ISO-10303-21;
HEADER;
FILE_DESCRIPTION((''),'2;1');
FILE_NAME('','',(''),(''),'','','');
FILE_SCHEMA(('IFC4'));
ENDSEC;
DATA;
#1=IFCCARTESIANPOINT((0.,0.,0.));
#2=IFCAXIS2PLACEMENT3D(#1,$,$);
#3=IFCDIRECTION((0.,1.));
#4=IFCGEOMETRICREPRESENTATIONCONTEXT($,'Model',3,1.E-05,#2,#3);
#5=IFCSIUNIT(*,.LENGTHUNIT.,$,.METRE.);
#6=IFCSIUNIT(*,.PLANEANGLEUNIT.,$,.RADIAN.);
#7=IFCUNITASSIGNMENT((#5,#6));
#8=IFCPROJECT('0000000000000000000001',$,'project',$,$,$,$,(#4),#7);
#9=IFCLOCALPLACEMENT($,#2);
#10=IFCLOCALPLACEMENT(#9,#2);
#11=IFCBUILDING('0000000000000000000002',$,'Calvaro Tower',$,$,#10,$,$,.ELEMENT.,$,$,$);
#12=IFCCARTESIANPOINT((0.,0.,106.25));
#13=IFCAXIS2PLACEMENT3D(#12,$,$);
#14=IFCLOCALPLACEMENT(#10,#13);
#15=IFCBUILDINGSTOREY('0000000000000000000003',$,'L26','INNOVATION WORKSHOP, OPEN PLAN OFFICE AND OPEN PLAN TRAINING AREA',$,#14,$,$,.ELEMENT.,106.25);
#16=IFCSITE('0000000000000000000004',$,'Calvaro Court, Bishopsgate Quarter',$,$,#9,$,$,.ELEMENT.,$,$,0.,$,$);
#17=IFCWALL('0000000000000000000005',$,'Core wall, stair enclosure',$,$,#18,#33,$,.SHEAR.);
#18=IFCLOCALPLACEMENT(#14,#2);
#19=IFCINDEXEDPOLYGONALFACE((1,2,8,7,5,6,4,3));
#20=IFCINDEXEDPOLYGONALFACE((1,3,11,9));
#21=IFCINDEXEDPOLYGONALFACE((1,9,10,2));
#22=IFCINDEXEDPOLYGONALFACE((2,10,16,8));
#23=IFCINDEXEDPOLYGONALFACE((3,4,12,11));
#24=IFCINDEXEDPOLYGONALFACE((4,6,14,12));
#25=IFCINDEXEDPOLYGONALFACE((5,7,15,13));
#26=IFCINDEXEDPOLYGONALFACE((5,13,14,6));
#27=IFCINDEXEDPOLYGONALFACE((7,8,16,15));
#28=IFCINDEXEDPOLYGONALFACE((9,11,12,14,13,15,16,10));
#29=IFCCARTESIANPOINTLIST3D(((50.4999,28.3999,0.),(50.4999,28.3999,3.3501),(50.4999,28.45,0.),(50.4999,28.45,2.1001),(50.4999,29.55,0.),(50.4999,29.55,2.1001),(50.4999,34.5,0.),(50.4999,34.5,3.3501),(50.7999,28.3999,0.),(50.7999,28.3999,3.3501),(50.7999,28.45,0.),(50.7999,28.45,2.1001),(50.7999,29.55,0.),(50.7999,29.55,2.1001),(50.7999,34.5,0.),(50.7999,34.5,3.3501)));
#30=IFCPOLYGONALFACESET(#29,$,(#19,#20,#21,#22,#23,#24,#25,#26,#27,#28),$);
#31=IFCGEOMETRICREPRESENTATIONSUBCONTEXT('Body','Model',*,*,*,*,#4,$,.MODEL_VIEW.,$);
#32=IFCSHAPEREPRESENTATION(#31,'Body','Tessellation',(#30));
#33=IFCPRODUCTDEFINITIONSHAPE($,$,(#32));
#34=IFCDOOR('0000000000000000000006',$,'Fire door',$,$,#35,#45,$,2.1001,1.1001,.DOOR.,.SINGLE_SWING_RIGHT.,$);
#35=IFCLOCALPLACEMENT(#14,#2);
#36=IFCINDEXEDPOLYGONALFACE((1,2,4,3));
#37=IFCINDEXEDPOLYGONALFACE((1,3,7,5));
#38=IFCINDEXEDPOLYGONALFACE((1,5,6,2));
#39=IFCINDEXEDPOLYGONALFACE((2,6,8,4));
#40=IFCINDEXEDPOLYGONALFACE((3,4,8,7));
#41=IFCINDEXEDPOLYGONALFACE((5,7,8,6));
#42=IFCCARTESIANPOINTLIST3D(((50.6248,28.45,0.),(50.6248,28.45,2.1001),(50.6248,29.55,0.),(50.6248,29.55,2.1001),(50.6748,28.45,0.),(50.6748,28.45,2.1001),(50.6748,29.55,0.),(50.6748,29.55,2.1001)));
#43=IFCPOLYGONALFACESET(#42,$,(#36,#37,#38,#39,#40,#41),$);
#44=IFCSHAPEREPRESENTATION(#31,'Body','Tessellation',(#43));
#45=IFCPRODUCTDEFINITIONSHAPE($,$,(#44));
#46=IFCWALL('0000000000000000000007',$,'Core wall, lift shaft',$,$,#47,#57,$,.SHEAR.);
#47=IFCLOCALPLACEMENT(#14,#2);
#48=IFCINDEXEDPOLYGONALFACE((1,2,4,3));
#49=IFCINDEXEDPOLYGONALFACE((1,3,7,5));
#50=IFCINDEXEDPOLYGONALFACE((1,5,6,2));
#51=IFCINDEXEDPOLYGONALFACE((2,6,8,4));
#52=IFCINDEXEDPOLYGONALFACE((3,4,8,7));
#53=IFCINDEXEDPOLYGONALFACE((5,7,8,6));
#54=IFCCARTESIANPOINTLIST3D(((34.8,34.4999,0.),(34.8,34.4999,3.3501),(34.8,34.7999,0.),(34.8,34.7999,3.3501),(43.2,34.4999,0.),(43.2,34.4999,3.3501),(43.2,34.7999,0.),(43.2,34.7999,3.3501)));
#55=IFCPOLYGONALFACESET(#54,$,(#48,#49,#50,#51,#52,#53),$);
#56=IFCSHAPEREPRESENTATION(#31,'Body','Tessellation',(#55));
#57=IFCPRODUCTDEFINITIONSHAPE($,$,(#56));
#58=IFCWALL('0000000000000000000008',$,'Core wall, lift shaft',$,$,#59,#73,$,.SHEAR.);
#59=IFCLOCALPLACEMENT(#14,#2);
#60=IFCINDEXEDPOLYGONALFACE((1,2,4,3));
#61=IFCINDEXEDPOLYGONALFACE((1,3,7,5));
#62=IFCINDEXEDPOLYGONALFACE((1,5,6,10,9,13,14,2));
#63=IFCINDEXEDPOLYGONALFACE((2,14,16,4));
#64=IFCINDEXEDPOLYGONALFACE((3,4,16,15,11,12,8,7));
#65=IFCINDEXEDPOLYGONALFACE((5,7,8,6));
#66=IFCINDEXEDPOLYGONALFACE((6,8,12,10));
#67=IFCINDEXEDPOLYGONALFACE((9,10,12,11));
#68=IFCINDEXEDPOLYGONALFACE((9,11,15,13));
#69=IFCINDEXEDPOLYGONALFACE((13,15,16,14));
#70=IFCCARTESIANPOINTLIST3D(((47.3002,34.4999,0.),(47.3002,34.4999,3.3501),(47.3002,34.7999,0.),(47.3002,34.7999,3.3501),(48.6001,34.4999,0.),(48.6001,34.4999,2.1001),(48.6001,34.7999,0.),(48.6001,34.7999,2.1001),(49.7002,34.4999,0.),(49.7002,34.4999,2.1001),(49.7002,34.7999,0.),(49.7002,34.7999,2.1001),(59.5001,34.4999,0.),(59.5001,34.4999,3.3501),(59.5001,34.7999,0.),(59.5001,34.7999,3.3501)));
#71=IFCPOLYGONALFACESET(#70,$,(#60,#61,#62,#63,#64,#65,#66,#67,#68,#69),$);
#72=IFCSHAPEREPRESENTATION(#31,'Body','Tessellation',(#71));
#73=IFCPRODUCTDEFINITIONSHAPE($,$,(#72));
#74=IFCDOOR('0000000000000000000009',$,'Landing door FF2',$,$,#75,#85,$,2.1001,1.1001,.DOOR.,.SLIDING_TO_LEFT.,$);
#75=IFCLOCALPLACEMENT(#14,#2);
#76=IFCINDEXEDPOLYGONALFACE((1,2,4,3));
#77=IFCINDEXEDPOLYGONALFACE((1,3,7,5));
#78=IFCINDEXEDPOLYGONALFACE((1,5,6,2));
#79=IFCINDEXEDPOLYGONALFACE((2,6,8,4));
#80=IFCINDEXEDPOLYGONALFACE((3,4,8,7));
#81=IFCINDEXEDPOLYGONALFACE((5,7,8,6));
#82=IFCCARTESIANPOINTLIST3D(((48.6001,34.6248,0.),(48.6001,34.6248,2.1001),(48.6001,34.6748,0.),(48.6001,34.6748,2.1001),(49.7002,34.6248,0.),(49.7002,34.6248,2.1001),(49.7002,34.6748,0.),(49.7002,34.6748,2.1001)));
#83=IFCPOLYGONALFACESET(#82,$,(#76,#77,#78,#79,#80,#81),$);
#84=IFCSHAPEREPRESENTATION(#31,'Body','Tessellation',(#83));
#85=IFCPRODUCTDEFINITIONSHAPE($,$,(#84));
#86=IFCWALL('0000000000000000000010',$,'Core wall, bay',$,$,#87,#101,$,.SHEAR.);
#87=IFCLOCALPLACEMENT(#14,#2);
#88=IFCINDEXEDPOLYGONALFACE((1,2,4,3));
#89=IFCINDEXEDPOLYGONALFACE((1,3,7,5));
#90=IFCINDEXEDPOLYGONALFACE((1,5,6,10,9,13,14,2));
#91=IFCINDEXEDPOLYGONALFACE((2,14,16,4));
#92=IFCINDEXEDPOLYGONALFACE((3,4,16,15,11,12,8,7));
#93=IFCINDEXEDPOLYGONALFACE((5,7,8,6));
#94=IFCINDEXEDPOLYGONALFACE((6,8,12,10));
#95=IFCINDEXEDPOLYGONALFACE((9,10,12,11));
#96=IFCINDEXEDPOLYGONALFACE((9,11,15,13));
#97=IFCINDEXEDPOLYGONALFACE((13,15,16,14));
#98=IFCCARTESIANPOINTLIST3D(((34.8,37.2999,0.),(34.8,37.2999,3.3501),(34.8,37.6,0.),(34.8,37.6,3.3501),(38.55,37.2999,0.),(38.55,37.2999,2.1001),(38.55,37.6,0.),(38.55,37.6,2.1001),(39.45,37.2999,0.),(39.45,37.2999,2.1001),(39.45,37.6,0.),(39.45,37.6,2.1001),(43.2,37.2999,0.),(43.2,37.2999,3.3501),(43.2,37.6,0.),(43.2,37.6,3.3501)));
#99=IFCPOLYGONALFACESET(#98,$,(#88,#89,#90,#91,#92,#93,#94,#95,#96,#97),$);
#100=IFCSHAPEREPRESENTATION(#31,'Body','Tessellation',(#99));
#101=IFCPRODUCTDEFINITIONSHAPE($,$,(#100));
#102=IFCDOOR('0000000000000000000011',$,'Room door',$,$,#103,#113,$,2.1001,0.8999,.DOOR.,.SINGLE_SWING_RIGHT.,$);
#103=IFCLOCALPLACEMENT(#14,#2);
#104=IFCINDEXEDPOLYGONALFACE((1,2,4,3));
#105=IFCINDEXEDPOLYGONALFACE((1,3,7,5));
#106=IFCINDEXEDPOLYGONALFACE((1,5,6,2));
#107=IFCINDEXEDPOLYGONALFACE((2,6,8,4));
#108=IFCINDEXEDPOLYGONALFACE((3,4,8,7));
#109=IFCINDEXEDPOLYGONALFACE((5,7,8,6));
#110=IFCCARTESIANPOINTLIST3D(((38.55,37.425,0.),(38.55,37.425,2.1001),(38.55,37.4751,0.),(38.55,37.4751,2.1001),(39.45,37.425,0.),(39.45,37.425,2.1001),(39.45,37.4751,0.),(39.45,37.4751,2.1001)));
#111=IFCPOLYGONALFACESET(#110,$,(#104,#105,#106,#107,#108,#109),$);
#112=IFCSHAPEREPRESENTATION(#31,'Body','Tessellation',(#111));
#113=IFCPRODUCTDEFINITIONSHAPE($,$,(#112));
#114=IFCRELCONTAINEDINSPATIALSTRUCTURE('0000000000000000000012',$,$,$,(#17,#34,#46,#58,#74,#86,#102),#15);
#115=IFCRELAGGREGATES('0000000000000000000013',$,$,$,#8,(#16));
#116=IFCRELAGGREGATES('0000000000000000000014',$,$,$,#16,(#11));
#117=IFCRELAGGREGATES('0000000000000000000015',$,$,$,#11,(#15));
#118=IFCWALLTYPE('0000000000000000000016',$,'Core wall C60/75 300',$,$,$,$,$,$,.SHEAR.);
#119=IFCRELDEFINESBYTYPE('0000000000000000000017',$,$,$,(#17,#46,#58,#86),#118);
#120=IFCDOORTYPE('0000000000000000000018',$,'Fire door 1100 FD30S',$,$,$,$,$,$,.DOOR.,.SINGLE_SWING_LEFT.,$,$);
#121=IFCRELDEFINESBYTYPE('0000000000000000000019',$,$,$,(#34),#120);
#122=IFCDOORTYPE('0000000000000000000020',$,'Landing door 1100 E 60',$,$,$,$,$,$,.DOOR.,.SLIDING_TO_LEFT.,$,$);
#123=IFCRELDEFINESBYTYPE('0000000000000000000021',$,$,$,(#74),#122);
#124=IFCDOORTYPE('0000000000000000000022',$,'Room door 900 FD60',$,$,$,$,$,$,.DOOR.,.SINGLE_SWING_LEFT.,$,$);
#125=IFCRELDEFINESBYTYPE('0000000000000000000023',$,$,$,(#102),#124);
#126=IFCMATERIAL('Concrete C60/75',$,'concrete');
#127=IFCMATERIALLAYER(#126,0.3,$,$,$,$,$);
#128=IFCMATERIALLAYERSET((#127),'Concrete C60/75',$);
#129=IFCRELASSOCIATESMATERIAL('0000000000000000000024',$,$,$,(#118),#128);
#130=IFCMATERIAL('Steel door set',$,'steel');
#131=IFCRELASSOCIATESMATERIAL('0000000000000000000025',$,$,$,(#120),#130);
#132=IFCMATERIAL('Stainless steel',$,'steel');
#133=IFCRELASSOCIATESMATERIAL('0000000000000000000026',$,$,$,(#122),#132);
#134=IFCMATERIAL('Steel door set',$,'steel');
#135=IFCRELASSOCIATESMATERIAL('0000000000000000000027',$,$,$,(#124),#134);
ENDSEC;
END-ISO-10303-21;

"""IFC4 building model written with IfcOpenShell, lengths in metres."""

from ifc_helpers import new_model, si_unit, direction, frame, frame_2d, origin, place, context, subcontext, project, spatial, rectangle, extrude, material, layer, layer_set, type_object, element, fill, save


model = new_model("IFC4")

# Units and contexts
model_context = context("Model", 3, precision=1e-05, world=origin(), true_north=direction((0.0, 1.0)))
body_context = subcontext(model_context, "Body", "Model", "MODEL_VIEW")
ifc_project = project(units=[si_unit("LENGTHUNIT", "METRE"), si_unit("PLANEANGLEUNIT", "RADIAN")], contexts=[model_context])

# Site, building, storey
site_placement = place(None, origin())
site = spatial("IfcSite", under=ifc_project, at=site_placement, Name="Calvaro Court, Bishopsgate Quarter", CompositionType="ELEMENT", RefElevation=0.0)
building_placement = place(site_placement, origin())
building = spatial("IfcBuilding", under=site, at=building_placement, Name="Calvaro Tower", CompositionType="ELEMENT")
storey_placement = place(building_placement, frame((0.0, 0.0, 106.25)))
storey = spatial("IfcBuildingStorey", under=building, at=storey_placement, Name="L26", Description="INNOVATION WORKSHOP, OPEN PLAN OFFICE AND OPEN PLAN TRAINING AREA", CompositionType="ELEMENT", Elevation=106.25)

# Wall, opening, door
ifc_material_1 = material(Name="Concrete C60/75", Category="concrete")
ifc_layer_1 = layer(ifc_material_1, 0.3)
ifc_layer_set_1 = layer_set([ifc_layer_1], Name="Concrete C60/75")
wall_type_1 = type_object("IfcWallType", Name="Core wall C60/75 300", PredefinedType="SHEAR", material=ifc_layer_set_1)
wall_1_placement = place(storey_placement, frame((50.6499, 34.5, 0.0), z_axis=(0.0, 0.0, 1.0), x_axis=(0.0, -1.0, 0.0)))
wall_1 = element("IfcWall", 1, at=wall_1_placement, inside=storey, type_object=wall_type_1, Name="Core wall, stair enclosure", PredefinedType="SHEAR", context=body_context, shape_type="SweptSolid", body=[
    extrude(rectangle(XDim=6.1001, YDim=0.3, at=frame_2d((3.05, 0.0))), origin(), (0.0, 0.0, 1.0), 3.3501),
])
opening_1_placement = place(wall_1_placement, frame((4.95, 0.0, 0.0)))
opening_1 = element("IfcOpeningElement", 2, at=opening_1_placement, cuts=wall_1, PredefinedType="OPENING", context=body_context, shape_type="SweptSolid", body=[
    extrude(rectangle(XDim=1.1001, YDim=2.1001, at=frame_2d((0.55, 1.05))), frame((0.0, 0.1599, 0.0), z_axis=(0.0, -1.0, 0.0), x_axis=(1.0, 0.0, 0.0)), (0.0, 0.0, 1.0), 0.3201),
])
ifc_material_2 = material(Name="Steel door set", Category="steel")
door_type_1 = type_object("IfcDoorType", Name="Fire door 1100 FD30S", OperationType="SINGLE_SWING_LEFT", PredefinedType="DOOR", material=ifc_material_2)
door_1_placement = place(opening_1_placement, origin())
door_1 = element("IfcDoor", 3, at=door_1_placement, inside=storey, type_object=door_type_1, Name="Fire door", OperationType="SINGLE_SWING_RIGHT", OverallHeight=2.1001, OverallWidth=1.1001, PredefinedType="DOOR", context=body_context, shape_type="SweptSolid", body=[
    extrude(rectangle(XDim=1.1001, YDim=2.1001, at=frame_2d((0.55, 1.05))), frame((0.0, 0.0249, 0.0), z_axis=(0.0, -1.0, 0.0), x_axis=(1.0, 0.0, 0.0)), (0.0, 0.0, 1.0), 0.05),
])
fill(opening_1, door_1)

# Wall
wall_2_placement = place(storey_placement, frame((34.8, 34.6499, 0.0), z_axis=(0.0, 0.0, 1.0), x_axis=(1.0, 0.0, 0.0)))
element("IfcWall", 4, at=wall_2_placement, inside=storey, type_object=wall_type_1, Name="Core wall, lift shaft", PredefinedType="SHEAR", context=body_context, shape_type="SweptSolid", body=[
    extrude(rectangle(XDim=8.3999, YDim=0.3, at=frame_2d((4.2, 0.0))), origin(), (0.0, 0.0, 1.0), 3.3501),
])

# Walls, openings, doors
wall_3_placement = place(storey_placement, frame((47.3, 34.6499, 0.0), z_axis=(0.0, 0.0, 1.0), x_axis=(1.0, 0.0, 0.0)))
wall_3 = element("IfcWall", 5, at=wall_3_placement, inside=storey, type_object=wall_type_1, Name="Core wall, lift shaft", PredefinedType="SHEAR", context=body_context, shape_type="SweptSolid", body=[
    extrude(rectangle(XDim=12.2, YDim=0.3, at=frame_2d((6.1001, 0.0))), origin(), (0.0, 0.0, 1.0), 3.3501),
])
opening_2_placement = place(wall_3_placement, frame((1.3, 0.0, 0.0)))
opening_2 = element("IfcOpeningElement", 6, at=opening_2_placement, cuts=wall_3, PredefinedType="OPENING", context=body_context, shape_type="SweptSolid", body=[
    extrude(rectangle(XDim=1.1001, YDim=2.1001, at=frame_2d((0.55, 1.05))), frame((0.0, 0.1599, 0.0), z_axis=(0.0, -1.0, 0.0), x_axis=(1.0, 0.0, 0.0)), (0.0, 0.0, 1.0), 0.3201),
])
ifc_material_3 = material(Name="Stainless steel", Category="steel")
door_type_2 = type_object("IfcDoorType", Name="Landing door 1100 E 60", OperationType="SLIDING_TO_LEFT", PredefinedType="DOOR", material=ifc_material_3)
door_2_placement = place(opening_2_placement, origin())
door_2 = element("IfcDoor", 7, at=door_2_placement, inside=storey, type_object=door_type_2, Name="Landing door FF2", OperationType="SLIDING_TO_LEFT", OverallHeight=2.1001, OverallWidth=1.1001, PredefinedType="DOOR", context=body_context, shape_type="SweptSolid", body=[
    extrude(rectangle(XDim=1.1001, YDim=2.1001, at=frame_2d((0.55, 1.05))), frame((0.0, 0.0249, 0.0), z_axis=(0.0, -1.0, 0.0), x_axis=(1.0, 0.0, 0.0)), (0.0, 0.0, 1.0), 0.05),
])
fill(opening_2, door_2)
wall_4_placement = place(storey_placement, frame((43.2, 37.45, 0.0), z_axis=(0.0, 0.0, 1.0), x_axis=(-1.0, 0.0, 0.0)))
wall_4 = element("IfcWall", 8, at=wall_4_placement, inside=storey, type_object=wall_type_1, Name="Core wall, bay", PredefinedType="SHEAR", context=body_context, shape_type="SweptSolid", body=[
    extrude(rectangle(XDim=8.3999, YDim=0.3, at=frame_2d((4.2, 0.0))), origin(), (0.0, 0.0, 1.0), 3.3501),
])
opening_3_placement = place(wall_4_placement, frame((3.75, 0.0, 0.0)))
opening_3 = element("IfcOpeningElement", 9, at=opening_3_placement, cuts=wall_4, PredefinedType="OPENING", context=body_context, shape_type="SweptSolid", body=[
    extrude(rectangle(XDim=0.8999, YDim=2.1001, at=frame_2d((0.45, 1.05))), frame((0.0, 0.1599, 0.0), z_axis=(0.0, -1.0, 0.0), x_axis=(1.0, 0.0, 0.0)), (0.0, 0.0, 1.0), 0.3201),
])
ifc_material_4 = material(Name="Steel door set", Category="steel")
door_type_3 = type_object("IfcDoorType", Name="Room door 900 FD60", OperationType="SINGLE_SWING_LEFT", PredefinedType="DOOR", material=ifc_material_4)
door_3_placement = place(opening_3_placement, origin())
door_3 = element("IfcDoor", 10, at=door_3_placement, inside=storey, type_object=door_type_3, Name="Room door", OperationType="SINGLE_SWING_RIGHT", OverallHeight=2.1001, OverallWidth=0.8999, PredefinedType="DOOR", context=body_context, shape_type="SweptSolid", body=[
    extrude(rectangle(XDim=0.8999, YDim=2.1001, at=frame_2d((0.45, 1.05))), frame((0.0, 0.0249, 0.0), z_axis=(0.0, -1.0, 0.0), x_axis=(1.0, 0.0, 0.0)), (0.0, 0.0, 1.0), 0.05),
])
fill(opening_3, door_3)

save(model, "model.ifc")
